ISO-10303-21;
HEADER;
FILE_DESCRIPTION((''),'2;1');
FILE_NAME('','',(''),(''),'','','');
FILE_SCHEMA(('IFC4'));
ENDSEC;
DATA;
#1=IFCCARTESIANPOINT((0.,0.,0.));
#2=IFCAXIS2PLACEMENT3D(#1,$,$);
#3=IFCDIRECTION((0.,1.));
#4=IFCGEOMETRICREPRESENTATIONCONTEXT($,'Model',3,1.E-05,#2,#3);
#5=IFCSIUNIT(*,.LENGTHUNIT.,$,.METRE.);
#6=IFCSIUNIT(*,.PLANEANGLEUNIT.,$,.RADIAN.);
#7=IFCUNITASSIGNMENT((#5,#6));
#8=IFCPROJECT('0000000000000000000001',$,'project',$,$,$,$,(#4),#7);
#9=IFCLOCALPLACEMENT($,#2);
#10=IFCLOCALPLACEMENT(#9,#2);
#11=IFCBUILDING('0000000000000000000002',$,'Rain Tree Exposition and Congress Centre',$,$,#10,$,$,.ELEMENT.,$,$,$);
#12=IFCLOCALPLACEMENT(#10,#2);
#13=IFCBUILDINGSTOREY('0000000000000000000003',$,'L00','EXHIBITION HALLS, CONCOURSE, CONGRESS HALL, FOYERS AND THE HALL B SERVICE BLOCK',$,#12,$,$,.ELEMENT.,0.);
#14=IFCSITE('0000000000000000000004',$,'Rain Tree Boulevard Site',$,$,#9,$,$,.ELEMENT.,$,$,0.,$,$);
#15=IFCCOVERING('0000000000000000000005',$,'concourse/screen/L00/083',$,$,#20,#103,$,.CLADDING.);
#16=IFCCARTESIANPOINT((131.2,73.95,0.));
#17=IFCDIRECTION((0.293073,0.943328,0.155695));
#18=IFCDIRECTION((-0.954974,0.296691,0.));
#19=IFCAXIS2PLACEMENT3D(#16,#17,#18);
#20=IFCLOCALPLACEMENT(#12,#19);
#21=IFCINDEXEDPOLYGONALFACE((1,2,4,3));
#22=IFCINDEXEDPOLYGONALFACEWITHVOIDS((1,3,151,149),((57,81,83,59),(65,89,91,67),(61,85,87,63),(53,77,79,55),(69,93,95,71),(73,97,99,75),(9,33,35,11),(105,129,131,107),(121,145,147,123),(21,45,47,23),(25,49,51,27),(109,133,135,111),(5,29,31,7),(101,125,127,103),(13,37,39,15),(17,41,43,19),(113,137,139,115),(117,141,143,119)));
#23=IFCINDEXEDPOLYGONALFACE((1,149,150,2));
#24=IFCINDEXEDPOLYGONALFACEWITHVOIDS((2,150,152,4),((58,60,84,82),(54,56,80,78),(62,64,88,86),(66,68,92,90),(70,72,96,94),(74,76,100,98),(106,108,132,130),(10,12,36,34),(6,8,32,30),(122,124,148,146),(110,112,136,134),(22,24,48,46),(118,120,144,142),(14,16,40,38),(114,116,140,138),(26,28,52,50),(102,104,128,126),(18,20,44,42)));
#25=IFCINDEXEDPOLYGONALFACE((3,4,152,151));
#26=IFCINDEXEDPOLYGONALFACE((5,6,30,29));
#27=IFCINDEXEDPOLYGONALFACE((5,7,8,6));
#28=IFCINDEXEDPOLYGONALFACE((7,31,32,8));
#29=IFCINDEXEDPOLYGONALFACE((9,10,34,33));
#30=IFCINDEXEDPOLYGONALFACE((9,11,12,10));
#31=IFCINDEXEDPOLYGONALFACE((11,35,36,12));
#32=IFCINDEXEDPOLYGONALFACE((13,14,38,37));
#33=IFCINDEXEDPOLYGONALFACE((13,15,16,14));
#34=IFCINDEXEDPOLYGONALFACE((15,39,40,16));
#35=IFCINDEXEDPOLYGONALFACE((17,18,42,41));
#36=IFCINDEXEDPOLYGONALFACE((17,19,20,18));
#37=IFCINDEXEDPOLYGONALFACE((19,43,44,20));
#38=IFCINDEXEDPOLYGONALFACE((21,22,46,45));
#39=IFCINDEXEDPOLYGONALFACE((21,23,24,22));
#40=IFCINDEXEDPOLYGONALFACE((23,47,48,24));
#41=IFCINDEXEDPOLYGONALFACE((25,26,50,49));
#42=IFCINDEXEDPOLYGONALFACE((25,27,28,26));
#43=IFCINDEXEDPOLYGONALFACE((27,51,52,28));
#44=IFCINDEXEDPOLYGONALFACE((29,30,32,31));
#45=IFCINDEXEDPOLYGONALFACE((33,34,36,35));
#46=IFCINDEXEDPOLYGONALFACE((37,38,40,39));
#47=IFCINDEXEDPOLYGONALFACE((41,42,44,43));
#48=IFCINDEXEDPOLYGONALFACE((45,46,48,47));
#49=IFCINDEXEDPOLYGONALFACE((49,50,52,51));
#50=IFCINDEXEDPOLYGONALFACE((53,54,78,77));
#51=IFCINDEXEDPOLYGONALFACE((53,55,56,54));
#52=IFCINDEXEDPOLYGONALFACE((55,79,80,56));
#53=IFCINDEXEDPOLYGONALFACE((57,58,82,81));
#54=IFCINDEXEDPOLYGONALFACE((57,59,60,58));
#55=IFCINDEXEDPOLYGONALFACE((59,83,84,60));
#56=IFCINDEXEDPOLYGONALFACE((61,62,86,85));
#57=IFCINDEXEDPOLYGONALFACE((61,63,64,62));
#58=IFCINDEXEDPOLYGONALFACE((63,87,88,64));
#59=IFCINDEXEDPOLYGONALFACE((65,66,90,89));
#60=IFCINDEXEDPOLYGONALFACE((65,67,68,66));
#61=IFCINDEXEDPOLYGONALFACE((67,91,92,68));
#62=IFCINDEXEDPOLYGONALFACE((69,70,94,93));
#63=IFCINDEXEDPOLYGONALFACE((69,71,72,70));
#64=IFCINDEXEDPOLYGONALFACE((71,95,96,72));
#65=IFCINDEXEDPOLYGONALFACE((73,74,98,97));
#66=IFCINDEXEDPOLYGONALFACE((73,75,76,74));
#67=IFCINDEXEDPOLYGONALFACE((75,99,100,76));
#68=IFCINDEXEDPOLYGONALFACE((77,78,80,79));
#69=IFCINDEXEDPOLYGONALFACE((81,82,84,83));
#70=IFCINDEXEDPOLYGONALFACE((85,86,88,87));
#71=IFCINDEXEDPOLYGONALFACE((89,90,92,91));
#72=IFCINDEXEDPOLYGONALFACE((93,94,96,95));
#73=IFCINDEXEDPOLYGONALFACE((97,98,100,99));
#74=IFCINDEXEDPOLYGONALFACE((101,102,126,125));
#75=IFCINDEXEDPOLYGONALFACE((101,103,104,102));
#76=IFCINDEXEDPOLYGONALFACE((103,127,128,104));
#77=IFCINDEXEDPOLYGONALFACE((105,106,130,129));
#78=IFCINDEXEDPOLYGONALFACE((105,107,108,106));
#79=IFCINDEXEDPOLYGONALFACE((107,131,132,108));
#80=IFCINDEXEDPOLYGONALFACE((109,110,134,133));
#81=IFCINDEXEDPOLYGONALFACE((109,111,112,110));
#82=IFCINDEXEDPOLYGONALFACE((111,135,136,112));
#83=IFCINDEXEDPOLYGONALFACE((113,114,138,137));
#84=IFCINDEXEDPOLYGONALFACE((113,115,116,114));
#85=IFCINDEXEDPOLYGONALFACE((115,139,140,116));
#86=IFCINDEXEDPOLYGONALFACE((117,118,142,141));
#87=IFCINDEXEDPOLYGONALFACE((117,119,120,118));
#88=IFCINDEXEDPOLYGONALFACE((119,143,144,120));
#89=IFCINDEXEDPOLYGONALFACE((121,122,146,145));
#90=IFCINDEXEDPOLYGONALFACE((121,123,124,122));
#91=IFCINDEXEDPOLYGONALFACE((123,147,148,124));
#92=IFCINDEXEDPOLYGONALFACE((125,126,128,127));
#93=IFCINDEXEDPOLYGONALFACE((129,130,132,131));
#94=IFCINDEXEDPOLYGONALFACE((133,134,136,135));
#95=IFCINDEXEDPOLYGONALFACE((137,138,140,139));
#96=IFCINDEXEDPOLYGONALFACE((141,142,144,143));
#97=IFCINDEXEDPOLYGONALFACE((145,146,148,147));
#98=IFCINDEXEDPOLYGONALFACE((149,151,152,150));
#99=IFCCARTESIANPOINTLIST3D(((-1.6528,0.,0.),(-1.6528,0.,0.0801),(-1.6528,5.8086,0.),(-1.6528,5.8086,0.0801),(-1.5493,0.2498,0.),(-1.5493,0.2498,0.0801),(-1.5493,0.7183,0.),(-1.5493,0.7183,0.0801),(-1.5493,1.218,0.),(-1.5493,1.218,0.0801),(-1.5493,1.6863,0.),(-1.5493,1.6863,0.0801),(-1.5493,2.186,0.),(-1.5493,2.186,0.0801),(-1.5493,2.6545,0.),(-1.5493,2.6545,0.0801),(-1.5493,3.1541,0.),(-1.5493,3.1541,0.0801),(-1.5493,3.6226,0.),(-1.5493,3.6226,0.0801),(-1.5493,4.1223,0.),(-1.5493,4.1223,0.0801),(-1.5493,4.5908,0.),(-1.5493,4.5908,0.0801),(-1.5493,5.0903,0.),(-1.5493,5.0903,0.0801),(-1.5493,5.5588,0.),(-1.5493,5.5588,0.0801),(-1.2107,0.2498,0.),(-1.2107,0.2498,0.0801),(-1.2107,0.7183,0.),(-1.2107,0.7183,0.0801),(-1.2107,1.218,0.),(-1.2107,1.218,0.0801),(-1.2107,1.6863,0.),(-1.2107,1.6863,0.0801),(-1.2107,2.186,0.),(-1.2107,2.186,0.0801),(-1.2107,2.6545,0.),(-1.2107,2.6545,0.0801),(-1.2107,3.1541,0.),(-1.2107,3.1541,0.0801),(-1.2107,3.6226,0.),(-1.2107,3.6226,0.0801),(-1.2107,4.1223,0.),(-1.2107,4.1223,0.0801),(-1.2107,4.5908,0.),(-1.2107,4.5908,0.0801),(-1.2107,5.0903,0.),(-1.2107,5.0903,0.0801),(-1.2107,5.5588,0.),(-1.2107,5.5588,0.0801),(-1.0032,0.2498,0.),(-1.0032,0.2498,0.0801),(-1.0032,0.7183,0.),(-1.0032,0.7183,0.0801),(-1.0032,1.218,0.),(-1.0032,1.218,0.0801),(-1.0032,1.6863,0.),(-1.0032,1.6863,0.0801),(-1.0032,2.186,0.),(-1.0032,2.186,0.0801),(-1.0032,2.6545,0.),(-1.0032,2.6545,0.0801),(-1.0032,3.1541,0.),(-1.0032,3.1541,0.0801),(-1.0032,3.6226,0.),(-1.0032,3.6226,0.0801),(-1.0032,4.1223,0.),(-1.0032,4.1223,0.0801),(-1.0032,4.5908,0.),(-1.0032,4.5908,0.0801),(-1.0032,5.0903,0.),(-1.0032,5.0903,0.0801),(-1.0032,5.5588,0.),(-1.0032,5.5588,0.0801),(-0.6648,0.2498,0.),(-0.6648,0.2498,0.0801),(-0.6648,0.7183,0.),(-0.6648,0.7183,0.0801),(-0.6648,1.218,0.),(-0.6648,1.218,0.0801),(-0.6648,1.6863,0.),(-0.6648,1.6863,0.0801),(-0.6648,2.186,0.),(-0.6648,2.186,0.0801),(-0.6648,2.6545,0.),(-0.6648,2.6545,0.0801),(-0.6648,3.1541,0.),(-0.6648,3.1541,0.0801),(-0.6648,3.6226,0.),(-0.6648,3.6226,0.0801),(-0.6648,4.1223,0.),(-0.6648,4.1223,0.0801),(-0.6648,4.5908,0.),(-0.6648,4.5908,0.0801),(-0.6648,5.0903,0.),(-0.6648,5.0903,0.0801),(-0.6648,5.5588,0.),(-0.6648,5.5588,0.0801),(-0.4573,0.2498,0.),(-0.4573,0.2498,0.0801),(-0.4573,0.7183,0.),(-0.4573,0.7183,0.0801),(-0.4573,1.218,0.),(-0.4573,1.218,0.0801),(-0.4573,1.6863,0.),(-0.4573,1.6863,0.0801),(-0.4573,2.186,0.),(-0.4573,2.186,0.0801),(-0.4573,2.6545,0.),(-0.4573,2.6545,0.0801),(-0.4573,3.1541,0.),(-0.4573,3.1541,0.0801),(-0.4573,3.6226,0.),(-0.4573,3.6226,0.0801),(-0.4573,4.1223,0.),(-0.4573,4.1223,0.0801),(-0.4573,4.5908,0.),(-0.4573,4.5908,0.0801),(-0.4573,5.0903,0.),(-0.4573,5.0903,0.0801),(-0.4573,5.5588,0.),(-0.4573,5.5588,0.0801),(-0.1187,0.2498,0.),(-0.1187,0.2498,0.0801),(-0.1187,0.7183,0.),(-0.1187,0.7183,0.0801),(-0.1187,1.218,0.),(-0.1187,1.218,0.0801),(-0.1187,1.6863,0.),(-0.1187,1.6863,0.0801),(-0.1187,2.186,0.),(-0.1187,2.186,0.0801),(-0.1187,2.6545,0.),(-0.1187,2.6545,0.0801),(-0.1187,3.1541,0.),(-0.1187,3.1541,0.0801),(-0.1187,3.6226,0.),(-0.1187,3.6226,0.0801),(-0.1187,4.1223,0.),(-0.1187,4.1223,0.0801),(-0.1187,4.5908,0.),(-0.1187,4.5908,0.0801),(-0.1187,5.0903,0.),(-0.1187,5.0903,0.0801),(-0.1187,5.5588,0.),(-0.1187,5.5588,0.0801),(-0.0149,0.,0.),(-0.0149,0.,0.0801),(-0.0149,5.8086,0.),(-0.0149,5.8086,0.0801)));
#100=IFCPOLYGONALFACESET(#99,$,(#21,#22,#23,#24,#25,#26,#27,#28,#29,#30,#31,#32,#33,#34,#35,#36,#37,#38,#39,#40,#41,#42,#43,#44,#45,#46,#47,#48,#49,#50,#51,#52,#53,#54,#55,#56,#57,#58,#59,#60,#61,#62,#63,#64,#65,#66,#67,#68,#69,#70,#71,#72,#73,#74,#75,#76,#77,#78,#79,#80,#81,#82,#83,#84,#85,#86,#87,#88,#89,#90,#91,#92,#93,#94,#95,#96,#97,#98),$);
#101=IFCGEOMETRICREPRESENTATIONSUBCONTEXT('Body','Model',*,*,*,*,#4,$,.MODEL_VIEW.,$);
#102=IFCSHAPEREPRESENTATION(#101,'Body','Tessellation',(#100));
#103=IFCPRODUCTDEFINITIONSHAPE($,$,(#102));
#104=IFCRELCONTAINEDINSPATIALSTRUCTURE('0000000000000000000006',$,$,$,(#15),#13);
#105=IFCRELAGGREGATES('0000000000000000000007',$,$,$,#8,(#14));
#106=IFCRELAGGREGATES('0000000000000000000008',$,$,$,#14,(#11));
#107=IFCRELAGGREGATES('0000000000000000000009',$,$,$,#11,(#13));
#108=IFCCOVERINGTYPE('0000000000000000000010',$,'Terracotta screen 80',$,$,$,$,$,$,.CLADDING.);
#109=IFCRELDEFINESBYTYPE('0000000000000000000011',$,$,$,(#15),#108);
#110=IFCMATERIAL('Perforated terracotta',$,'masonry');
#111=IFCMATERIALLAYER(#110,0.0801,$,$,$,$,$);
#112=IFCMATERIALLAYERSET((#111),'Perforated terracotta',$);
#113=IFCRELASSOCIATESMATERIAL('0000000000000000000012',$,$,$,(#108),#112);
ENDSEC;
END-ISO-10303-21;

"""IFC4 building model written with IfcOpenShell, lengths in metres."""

from ifc_helpers import new_model, si_unit, direction, frame, origin, place, context, subcontext, project, spatial, polyline, outline, extrude, material, layer, layer_set, type_object, element, save


model = new_model("IFC4")

# Units and contexts
model_context = context("Model", 3, precision=1e-05, world=origin(), true_north=direction((0.0, 1.0)))
body_context = subcontext(model_context, "Body", "Model", "MODEL_VIEW")
ifc_project = project(units=[si_unit("LENGTHUNIT", "METRE"), si_unit("PLANEANGLEUNIT", "RADIAN")], contexts=[model_context])

# Site, building, storey
site_placement = place(None, origin())
site = spatial("IfcSite", under=ifc_project, at=site_placement, Name="Rain Tree Boulevard Site", CompositionType="ELEMENT", RefElevation=0.0)
building_placement = place(site_placement, origin())
building = spatial("IfcBuilding", under=site, at=building_placement, Name="Rain Tree Exposition and Congress Centre", CompositionType="ELEMENT")
storey_placement = place(building_placement, origin())
storey = spatial("IfcBuildingStorey", under=building, at=storey_placement, Name="L00", Description="EXHIBITION HALLS, CONCOURSE, CONGRESS HALL, FOYERS AND THE HALL B SERVICE BLOCK", CompositionType="ELEMENT", Elevation=0.0)

# Covering
ifc_material_1 = material(Name="Perforated terracotta", Category="masonry")
ifc_layer_1 = layer(ifc_material_1, 0.0801)
ifc_layer_set_1 = layer_set([ifc_layer_1], Name="Perforated terracotta")
covering_type = type_object("IfcCoveringType", Name="Terracotta screen 80", PredefinedType="CLADDING", material=ifc_layer_set_1)
covering_1_placement = place(storey_placement, frame((131.2, 73.95, 0.0), z_axis=(0.293073, 0.943328, 0.155695), x_axis=(-0.954974, 0.296691, 0.0)))
element("IfcCovering", 1, at=covering_1_placement, inside=storey, type_object=covering_type, Name="concourse/screen/L00/083", PredefinedType="CLADDING", context=body_context, shape_type="SweptSolid", body=[
    extrude(outline(polyline([(-0.0149, 0.0), (-1.6528, 0.0), (-1.6528, 5.8086), (-0.0149, 5.8086), (-0.0149, 0.0)]), holes=[polyline([(-0.1187, 0.2498), (-0.1187, 0.7183), (-0.4573, 0.7183), (-0.4573, 0.2498), (-0.1187, 0.2498)]), polyline([(-0.1187, 1.218), (-0.1187, 1.6863), (-0.4573, 1.6863), (-0.4573, 1.218), (-0.1187, 1.218)]), polyline([(-0.1187, 2.186), (-0.1187, 2.6545), (-0.4573, 2.6545), (-0.4573, 2.186), (-0.1187, 2.186)]), polyline([(-0.1187, 3.1541), (-0.1187, 3.6226), (-0.4573, 3.6226), (-0.4573, 3.1541), (-0.1187, 3.1541)]), polyline([(-0.1187, 4.1223), (-0.1187, 4.5908), (-0.4573, 4.5908), (-0.4573, 4.1223), (-0.1187, 4.1223)]), polyline([(-0.1187, 5.0903), (-0.1187, 5.5588), (-0.4573, 5.5588), (-0.4573, 5.0903), (-0.1187, 5.0903)]), polyline([(-0.6648, 0.2498), (-0.6648, 0.7183), (-1.0032, 0.7183), (-1.0032, 0.2498), (-0.6648, 0.2498)]), polyline([(-0.6648, 1.218), (-0.6648, 1.6863), (-1.0032, 1.6863), (-1.0032, 1.218), (-0.6648, 1.218)]), polyline([(-0.6648, 2.186), (-0.6648, 2.6545), (-1.0032, 2.6545), (-1.0032, 2.186), (-0.6648, 2.186)]), polyline([(-0.6648, 3.1541), (-0.6648, 3.6226), (-1.0032, 3.6226), (-1.0032, 3.1541), (-0.6648, 3.1541)]), polyline([(-0.6648, 4.1223), (-0.6648, 4.5908), (-1.0032, 4.5908), (-1.0032, 4.1223), (-0.6648, 4.1223)]), polyline([(-0.6648, 5.0903), (-0.6648, 5.5588), (-1.0032, 5.5588), (-1.0032, 5.0903), (-0.6648, 5.0903)]), polyline([(-1.2107, 0.2498), (-1.2107, 0.7183), (-1.5493, 0.7183), (-1.5493, 0.2498), (-1.2107, 0.2498)]), polyline([(-1.2107, 1.218), (-1.2107, 1.6863), (-1.5493, 1.6863), (-1.5493, 1.218), (-1.2107, 1.218)]), polyline([(-1.2107, 2.186), (-1.2107, 2.6545), (-1.5493, 2.6545), (-1.5493, 2.186), (-1.2107, 2.186)]), polyline([(-1.2107, 3.1541), (-1.2107, 3.6226), (-1.5493, 3.6226), (-1.5493, 3.1541), (-1.2107, 3.1541)]), polyline([(-1.2107, 4.1223), (-1.2107, 4.5908), (-1.5493, 4.5908), (-1.5493, 4.1223), (-1.2107, 4.1223)]), polyline([(-1.2107, 5.0903), (-1.2107, 5.5588), (-1.5493, 5.5588), (-1.5493, 5.0903), (-1.2107, 5.0903)])]), origin(), (0.0, 0.0, 1.0), 0.0801),
])

save(model, "model.ifc")
